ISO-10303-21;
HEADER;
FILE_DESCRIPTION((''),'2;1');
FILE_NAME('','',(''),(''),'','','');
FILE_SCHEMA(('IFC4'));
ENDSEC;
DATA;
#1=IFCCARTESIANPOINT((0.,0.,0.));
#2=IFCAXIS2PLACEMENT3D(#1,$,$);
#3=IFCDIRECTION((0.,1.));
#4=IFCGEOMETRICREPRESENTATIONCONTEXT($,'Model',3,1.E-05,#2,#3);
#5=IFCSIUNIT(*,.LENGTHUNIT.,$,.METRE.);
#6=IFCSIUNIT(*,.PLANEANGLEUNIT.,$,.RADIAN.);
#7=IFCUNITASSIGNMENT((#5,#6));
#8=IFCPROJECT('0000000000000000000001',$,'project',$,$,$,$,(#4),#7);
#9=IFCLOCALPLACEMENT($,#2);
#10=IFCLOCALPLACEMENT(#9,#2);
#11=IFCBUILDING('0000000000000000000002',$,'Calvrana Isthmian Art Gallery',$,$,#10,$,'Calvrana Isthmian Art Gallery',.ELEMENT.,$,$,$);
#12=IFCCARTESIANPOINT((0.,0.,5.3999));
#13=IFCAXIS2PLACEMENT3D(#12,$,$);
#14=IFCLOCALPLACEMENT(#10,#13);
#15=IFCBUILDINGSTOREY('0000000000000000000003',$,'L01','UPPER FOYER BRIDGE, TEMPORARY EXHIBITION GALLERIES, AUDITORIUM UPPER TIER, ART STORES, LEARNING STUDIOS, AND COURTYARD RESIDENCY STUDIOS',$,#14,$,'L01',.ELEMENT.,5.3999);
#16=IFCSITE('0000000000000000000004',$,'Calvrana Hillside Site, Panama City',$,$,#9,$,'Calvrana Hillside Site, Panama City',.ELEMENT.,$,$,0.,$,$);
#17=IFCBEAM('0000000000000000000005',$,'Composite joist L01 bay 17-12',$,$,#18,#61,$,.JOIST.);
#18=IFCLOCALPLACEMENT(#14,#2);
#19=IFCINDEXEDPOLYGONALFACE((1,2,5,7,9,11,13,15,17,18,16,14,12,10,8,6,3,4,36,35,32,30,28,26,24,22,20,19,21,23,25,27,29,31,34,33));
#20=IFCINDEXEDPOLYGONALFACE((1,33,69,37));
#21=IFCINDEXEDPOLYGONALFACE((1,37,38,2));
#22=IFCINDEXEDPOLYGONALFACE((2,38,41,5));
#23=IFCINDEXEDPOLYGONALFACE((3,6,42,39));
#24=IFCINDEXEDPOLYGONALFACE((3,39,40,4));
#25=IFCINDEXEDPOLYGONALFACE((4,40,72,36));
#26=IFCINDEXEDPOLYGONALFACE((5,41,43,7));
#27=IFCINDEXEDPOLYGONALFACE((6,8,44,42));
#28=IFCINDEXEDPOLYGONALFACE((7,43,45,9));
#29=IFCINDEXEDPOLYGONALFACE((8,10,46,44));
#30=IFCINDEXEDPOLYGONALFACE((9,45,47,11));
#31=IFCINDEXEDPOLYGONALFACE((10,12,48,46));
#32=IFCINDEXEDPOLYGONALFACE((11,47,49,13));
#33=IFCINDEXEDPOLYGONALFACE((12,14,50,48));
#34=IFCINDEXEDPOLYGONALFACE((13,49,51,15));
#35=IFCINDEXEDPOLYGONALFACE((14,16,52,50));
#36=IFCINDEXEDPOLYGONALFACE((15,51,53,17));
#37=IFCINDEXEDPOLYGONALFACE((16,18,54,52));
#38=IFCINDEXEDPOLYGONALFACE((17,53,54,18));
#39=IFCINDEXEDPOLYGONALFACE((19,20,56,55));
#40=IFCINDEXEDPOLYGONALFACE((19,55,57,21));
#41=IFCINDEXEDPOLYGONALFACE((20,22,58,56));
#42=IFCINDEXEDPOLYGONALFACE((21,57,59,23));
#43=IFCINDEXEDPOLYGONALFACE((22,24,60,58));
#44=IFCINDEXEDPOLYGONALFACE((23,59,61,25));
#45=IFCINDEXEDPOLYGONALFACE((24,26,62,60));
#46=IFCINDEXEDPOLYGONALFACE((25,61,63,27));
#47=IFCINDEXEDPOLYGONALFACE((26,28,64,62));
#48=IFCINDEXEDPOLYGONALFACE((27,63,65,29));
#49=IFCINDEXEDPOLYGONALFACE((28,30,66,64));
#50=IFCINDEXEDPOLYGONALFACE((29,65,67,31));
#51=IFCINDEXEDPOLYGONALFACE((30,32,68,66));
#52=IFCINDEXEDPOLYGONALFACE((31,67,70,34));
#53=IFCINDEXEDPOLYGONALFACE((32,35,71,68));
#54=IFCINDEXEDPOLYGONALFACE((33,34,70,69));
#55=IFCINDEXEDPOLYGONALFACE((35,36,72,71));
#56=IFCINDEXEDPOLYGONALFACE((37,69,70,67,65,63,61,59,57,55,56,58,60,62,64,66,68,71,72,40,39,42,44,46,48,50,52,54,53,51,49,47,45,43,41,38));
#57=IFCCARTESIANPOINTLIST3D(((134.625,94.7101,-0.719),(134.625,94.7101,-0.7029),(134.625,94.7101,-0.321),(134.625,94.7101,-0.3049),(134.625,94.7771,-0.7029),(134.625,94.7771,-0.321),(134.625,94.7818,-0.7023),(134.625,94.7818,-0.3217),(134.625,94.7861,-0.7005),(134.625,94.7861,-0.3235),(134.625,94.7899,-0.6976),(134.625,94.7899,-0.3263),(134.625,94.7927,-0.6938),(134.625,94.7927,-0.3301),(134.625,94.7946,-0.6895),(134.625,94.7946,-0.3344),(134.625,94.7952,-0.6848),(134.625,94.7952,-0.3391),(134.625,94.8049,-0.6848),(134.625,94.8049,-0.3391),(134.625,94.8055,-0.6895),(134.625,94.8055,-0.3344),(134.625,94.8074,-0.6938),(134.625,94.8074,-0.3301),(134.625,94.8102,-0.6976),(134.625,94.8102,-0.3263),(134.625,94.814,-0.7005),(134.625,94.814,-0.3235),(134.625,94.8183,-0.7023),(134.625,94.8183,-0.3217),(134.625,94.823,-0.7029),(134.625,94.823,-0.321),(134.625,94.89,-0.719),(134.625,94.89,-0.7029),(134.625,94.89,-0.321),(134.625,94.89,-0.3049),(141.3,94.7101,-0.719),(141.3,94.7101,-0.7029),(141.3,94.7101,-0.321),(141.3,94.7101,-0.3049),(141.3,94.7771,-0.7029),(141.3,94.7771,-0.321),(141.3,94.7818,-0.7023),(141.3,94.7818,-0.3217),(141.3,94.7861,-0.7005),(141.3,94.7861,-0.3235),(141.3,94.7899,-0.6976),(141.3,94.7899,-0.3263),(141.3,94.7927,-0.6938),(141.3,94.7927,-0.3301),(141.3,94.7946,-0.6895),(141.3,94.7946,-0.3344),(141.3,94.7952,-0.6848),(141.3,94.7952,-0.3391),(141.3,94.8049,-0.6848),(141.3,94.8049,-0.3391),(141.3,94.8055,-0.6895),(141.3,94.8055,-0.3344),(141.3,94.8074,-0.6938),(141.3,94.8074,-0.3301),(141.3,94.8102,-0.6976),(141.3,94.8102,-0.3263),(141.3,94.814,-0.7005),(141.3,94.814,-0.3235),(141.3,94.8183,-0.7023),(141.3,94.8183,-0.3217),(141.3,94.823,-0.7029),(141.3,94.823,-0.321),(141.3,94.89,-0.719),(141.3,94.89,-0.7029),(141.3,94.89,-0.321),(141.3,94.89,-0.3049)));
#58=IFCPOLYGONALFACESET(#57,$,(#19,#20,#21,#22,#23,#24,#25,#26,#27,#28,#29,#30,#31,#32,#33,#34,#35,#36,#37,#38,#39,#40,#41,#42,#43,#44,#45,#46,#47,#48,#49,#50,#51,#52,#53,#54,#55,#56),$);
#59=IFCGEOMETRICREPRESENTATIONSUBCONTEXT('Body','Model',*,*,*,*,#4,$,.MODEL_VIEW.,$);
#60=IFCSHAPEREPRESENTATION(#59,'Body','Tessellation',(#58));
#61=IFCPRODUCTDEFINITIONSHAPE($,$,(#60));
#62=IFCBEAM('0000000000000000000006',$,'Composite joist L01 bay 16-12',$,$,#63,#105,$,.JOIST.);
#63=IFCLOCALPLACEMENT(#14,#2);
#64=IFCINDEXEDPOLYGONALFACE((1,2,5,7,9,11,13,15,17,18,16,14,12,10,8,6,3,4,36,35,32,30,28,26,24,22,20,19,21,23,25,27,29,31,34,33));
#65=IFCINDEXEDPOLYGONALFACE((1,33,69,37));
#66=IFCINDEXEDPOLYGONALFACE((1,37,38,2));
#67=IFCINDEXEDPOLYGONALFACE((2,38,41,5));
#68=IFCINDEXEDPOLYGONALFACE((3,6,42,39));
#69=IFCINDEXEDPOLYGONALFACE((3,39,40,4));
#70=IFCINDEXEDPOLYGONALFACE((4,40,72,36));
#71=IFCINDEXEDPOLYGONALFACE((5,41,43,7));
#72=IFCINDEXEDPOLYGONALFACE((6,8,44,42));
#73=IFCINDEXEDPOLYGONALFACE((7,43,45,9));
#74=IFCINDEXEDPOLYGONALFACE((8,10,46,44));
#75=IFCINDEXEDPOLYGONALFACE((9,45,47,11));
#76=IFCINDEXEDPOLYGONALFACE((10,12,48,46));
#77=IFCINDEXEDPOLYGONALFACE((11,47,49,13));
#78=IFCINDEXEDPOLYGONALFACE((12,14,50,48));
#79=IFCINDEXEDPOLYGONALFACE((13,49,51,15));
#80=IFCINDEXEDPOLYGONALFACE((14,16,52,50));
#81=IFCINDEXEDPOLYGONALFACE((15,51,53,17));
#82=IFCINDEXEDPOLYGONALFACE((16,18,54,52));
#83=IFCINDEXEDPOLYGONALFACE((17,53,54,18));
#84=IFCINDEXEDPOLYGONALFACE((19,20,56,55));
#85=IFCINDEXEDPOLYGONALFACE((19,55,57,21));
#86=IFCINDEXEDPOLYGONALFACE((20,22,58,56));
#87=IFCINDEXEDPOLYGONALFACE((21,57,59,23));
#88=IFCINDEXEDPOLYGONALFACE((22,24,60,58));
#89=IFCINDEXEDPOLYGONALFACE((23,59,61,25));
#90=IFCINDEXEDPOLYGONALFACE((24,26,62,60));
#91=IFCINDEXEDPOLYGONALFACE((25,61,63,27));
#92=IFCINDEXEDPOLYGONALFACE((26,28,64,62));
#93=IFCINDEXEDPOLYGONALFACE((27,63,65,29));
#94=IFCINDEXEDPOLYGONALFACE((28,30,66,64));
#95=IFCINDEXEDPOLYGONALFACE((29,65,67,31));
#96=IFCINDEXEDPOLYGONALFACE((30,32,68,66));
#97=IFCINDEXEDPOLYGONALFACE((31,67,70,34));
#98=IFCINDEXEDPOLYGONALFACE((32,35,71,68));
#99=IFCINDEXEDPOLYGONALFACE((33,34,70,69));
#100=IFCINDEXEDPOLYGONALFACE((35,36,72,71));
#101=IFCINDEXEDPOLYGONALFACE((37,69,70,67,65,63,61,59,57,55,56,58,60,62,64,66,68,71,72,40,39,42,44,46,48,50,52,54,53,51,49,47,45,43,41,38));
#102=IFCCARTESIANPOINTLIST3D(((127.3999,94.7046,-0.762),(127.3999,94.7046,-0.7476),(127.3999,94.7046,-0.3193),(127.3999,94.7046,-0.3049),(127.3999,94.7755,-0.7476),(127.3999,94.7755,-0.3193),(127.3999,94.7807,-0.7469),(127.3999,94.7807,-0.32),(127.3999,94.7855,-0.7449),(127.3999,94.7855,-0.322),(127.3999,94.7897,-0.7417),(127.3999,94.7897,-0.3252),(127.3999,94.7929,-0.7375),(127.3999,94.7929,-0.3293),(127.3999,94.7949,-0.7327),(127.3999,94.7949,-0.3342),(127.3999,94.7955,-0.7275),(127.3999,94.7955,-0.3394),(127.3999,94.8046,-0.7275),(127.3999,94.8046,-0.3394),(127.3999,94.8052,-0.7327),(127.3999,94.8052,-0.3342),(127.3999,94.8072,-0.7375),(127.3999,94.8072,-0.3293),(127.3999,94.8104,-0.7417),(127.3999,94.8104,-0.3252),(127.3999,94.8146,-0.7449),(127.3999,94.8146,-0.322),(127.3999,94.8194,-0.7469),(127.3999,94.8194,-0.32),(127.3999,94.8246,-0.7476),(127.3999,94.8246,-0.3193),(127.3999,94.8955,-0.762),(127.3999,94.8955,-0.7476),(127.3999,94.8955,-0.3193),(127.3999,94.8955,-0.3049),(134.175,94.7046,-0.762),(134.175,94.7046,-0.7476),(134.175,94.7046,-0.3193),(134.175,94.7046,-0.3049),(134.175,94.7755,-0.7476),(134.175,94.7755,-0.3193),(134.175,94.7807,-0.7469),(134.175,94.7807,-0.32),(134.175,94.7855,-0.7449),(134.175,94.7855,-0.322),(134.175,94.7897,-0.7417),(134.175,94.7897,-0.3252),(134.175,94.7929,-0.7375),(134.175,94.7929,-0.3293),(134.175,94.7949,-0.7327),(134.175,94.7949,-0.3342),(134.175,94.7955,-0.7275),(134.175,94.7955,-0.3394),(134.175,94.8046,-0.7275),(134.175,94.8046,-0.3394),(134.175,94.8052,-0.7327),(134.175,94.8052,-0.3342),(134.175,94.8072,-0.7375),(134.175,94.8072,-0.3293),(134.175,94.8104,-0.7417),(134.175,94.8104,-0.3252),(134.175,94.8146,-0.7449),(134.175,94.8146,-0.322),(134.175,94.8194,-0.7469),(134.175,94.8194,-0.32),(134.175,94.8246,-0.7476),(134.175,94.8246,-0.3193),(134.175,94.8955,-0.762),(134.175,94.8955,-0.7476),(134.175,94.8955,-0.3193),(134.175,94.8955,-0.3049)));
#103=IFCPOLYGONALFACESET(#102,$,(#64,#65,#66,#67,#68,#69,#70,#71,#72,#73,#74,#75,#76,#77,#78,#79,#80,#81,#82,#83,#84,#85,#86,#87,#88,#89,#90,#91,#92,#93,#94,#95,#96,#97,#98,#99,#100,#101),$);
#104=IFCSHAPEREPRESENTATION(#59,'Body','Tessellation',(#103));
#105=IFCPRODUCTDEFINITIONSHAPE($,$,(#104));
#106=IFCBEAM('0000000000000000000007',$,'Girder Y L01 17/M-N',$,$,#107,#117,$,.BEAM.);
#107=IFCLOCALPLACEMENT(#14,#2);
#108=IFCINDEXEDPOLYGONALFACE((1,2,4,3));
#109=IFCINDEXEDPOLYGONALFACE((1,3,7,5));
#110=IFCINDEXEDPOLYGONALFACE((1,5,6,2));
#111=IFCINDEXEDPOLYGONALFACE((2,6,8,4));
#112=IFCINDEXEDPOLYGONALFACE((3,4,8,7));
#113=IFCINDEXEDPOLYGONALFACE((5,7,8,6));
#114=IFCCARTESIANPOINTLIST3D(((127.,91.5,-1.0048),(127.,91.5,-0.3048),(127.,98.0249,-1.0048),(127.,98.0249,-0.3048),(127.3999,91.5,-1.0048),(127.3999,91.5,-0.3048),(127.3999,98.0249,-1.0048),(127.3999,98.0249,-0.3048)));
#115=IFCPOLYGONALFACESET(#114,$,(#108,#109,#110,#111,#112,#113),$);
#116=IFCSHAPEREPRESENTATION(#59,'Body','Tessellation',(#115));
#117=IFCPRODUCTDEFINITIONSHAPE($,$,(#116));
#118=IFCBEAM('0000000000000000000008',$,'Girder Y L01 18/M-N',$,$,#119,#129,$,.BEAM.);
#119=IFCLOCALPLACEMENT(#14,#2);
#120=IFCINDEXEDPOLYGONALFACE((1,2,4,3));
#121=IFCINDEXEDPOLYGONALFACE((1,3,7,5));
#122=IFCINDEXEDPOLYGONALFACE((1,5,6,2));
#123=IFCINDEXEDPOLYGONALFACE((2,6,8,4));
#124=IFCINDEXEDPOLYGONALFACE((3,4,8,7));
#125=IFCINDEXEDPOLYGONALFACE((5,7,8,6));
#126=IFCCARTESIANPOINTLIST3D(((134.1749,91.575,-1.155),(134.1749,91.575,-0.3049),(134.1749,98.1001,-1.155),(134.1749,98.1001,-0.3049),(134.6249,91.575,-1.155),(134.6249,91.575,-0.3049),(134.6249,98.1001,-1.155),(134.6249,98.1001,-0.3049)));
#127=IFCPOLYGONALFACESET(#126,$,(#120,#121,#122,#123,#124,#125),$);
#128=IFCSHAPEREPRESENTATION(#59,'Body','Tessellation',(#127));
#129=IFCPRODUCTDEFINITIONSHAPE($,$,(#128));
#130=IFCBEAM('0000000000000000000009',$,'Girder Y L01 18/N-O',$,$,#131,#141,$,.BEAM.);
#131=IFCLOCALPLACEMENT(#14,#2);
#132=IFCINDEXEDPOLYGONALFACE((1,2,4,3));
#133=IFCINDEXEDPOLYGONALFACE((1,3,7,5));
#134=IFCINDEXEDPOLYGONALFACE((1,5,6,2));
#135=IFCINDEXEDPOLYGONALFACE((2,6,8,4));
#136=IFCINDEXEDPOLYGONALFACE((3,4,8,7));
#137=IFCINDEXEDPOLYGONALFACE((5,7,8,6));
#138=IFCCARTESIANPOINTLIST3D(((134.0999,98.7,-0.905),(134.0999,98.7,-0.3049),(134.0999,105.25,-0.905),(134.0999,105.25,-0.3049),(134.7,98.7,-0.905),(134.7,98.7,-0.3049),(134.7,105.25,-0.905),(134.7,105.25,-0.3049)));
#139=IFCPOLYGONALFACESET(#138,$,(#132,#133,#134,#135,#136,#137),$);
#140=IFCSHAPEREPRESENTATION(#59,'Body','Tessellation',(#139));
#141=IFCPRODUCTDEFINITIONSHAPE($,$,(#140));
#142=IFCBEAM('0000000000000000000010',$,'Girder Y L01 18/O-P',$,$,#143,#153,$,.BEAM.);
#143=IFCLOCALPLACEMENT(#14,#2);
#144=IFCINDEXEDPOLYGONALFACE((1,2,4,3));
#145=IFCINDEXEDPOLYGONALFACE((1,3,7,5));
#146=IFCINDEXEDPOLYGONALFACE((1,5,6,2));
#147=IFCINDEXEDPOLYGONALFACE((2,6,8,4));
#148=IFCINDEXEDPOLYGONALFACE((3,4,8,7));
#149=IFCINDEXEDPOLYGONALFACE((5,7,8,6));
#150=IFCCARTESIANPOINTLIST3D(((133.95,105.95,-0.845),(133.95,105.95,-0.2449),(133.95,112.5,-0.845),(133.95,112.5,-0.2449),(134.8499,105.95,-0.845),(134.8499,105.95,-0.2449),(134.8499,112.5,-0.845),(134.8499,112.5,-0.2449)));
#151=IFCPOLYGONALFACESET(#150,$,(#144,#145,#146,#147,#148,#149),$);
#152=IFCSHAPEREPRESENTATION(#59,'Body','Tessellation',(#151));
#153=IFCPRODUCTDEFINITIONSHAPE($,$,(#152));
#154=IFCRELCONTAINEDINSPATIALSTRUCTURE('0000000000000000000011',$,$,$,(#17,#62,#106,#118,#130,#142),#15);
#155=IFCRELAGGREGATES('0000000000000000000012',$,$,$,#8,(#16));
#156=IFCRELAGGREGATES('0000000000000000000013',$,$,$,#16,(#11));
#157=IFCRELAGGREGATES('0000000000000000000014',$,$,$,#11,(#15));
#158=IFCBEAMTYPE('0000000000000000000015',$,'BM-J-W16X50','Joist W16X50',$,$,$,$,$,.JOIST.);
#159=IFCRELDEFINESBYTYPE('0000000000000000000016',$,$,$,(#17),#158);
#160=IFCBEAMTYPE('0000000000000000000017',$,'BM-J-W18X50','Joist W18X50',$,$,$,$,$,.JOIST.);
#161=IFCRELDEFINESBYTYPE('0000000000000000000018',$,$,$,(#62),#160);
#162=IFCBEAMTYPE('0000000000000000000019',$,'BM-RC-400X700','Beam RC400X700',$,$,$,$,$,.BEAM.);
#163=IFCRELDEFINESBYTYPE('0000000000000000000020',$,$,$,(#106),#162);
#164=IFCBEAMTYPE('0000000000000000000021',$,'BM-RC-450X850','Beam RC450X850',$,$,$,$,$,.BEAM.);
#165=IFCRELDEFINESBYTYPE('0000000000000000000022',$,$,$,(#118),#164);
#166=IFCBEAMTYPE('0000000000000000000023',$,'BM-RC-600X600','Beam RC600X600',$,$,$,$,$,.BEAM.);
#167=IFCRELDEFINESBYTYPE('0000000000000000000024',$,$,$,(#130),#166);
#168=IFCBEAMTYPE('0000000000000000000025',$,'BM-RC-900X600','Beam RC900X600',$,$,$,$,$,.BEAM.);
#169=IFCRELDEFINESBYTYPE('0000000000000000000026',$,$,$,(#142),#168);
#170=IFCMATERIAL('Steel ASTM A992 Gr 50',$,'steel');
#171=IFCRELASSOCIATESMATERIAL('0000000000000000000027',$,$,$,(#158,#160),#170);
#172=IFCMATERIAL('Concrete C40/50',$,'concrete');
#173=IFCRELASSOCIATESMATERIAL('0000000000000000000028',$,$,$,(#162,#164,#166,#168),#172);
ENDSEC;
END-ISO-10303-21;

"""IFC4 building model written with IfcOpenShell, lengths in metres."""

from ifc_helpers import new_model, si_unit, direction, frame, origin, origin_2d, place, context, subcontext, project, spatial, rectangle, i_section, extrude, material, material_profile, profile_set, type_object, element, save


model = new_model("IFC4")

# Units and contexts
model_context = context("Model", 3, precision=1e-05, world=origin(), true_north=direction((0.0, 1.0)))
body_context = subcontext(model_context, "Body", "Model", "MODEL_VIEW")
ifc_project = project(units=[si_unit("LENGTHUNIT", "METRE"), si_unit("PLANEANGLEUNIT", "RADIAN")], contexts=[model_context])

# Site, building, storey
site_placement = place(None, origin())
site = spatial("IfcSite", under=ifc_project, at=site_placement, Name="Calvrana Hillside Site, Panama City", LongName="Calvrana Hillside Site, Panama City", CompositionType="ELEMENT", RefElevation=0.0)
building_placement = place(site_placement, origin())
building = spatial("IfcBuilding", under=site, at=building_placement, Name="Calvrana Isthmian Art Gallery", LongName="Calvrana Isthmian Art Gallery", CompositionType="ELEMENT")
storey_placement = place(building_placement, frame((0.0, 0.0, 5.3999)))
storey = spatial("IfcBuildingStorey", under=building, at=storey_placement, Name="L01", Description="UPPER FOYER BRIDGE, TEMPORARY EXHIBITION GALLERIES, AUDITORIUM UPPER TIER, ART STORES, LEARNING STUDIOS, AND COURTYARD RESIDENCY STUDIOS", LongName="L01", CompositionType="ELEMENT", Elevation=5.3999)

# Shared definitions
ifc_material_1 = material(Name="Concrete C40/50", Category="concrete")

# Beams
ifc_material_2 = material(Name="Steel ASTM A992 Gr 50", Category="steel")
ifc_material_profile_1 = material_profile(ifc_material_2, i_section(OverallWidth=0.1799, OverallDepth=0.4141, WebThickness=0.0098, FlangeThickness=0.0161, FilletRadius=0.0181, at=origin_2d()), Name="W16X50")
ifc_profile_set_1 = profile_set([ifc_material_profile_1], Name="Steel ASTM A992 Gr 50")
beam_type_1 = type_object("IfcBeamType", Name="BM-J-W16X50", Description="Joist W16X50", PredefinedType="JOIST", material=ifc_profile_set_1)
beam_1_placement = place(storey_placement, frame((134.625, 94.8, -0.512), z_axis=(1.0, 0.0, 0.0), x_axis=(0.0, 1.0, 0.0)))
element("IfcBeam", 1, at=beam_1_placement, inside=storey, type_object=beam_type_1, Name="Composite joist L01 bay 17-12", PredefinedType="JOIST", context=body_context, shape_type="SweptSolid", body=[
    extrude(i_section(OverallWidth=0.1799, OverallDepth=0.4141, WebThickness=0.0098, FlangeThickness=0.0161, FilletRadius=0.0181, at=origin_2d()), origin(), (0.0, 0.0, 1.0), 6.675),
])
ifc_material_profile_2 = material_profile(ifc_material_2, i_section(OverallWidth=0.1909, OverallDepth=0.457, WebThickness=0.009, FlangeThickness=0.0144, FilletRadius=0.02, at=origin_2d()), Name="W18X50")
ifc_profile_set_2 = profile_set([ifc_material_profile_2], Name="Steel ASTM A992 Gr 50")
beam_type_2 = type_object("IfcBeamType", Name="BM-J-W18X50", Description="Joist W18X50", PredefinedType="JOIST", material=ifc_profile_set_2)
beam_2_placement = place(storey_placement, frame((127.3999, 94.8, -0.5334), z_axis=(1.0, 0.0, 0.0), x_axis=(0.0, 1.0, 0.0)))
element("IfcBeam", 2, at=beam_2_placement, inside=storey, type_object=beam_type_2, Name="Composite joist L01 bay 16-12", PredefinedType="JOIST", context=body_context, shape_type="SweptSolid", body=[
    extrude(i_section(OverallWidth=0.1909, OverallDepth=0.457, WebThickness=0.009, FlangeThickness=0.0144, FilletRadius=0.02, at=origin_2d()), origin(), (0.0, 0.0, 1.0), 6.7751),
])
ifc_material_profile_3 = material_profile(ifc_material_1, rectangle(XDim=0.3999, YDim=0.7, at=origin_2d()), Name="RC400X700")
ifc_profile_set_3 = profile_set([ifc_material_profile_3], Name="Concrete C40/50")
beam_type_3 = type_object("IfcBeamType", Name="BM-RC-400X700", Description="Beam RC400X700", PredefinedType="BEAM", material=ifc_profile_set_3)
beam_3_placement = place(storey_placement, frame((127.2, 91.5, -0.6548), z_axis=(0.0, 1.0, 0.0), x_axis=(-1.0, 0.0, 0.0)))
element("IfcBeam", 3, at=beam_3_placement, inside=storey, type_object=beam_type_3, Name="Girder Y L01 17/M-N", PredefinedType="BEAM", context=body_context, shape_type="SweptSolid", body=[
    extrude(rectangle(XDim=0.3999, YDim=0.7, at=origin_2d()), origin(), (0.0, 0.0, 1.0), 6.5249),
])
ifc_material_profile_4 = material_profile(ifc_material_1, rectangle(XDim=0.45, YDim=0.8501, at=origin_2d()), Name="RC450X850")
ifc_profile_set_4 = profile_set([ifc_material_profile_4], Name="Concrete C40/50")
beam_type_4 = type_object("IfcBeamType", Name="BM-RC-450X850", Description="Beam RC450X850", PredefinedType="BEAM", material=ifc_profile_set_4)
beam_4_placement = place(storey_placement, frame((134.3999, 91.575, -0.73), z_axis=(0.0, 1.0, 0.0), x_axis=(-1.0, 0.0, 0.0)))
element("IfcBeam", 4, at=beam_4_placement, inside=storey, type_object=beam_type_4, Name="Girder Y L01 18/M-N", PredefinedType="BEAM", context=body_context, shape_type="SweptSolid", body=[
    extrude(rectangle(XDim=0.45, YDim=0.8501, at=origin_2d()), origin(), (0.0, 0.0, 1.0), 6.5251),
])
ifc_material_profile_5 = material_profile(ifc_material_1, rectangle(XDim=0.6001, YDim=0.6001, at=origin_2d()), Name="RC600X600")
ifc_profile_set_5 = profile_set([ifc_material_profile_5], Name="Concrete C40/50")
beam_type_5 = type_object("IfcBeamType", Name="BM-RC-600X600", Description="Beam RC600X600", PredefinedType="BEAM", material=ifc_profile_set_5)
beam_5_placement = place(storey_placement, frame((134.3999, 98.7, -0.605), z_axis=(0.0, 1.0, 0.0), x_axis=(-1.0, 0.0, 0.0)))
element("IfcBeam", 5, at=beam_5_placement, inside=storey, type_object=beam_type_5, Name="Girder Y L01 18/N-O", PredefinedType="BEAM", context=body_context, shape_type="SweptSolid", body=[
    extrude(rectangle(XDim=0.6001, YDim=0.6001, at=origin_2d()), origin(), (0.0, 0.0, 1.0), 6.55),
])
ifc_material_profile_6 = material_profile(ifc_material_1, rectangle(XDim=0.8999, YDim=0.6001, at=origin_2d()), Name="RC900X600")
ifc_profile_set_6 = profile_set([ifc_material_profile_6], Name="Concrete C40/50")
beam_type_6 = type_object("IfcBeamType", Name="BM-RC-900X600", Description="Beam RC900X600", PredefinedType="BEAM", material=ifc_profile_set_6)
beam_6_placement = place(storey_placement, frame((134.3999, 105.95, -0.5449), z_axis=(0.0, 1.0, 0.0), x_axis=(-1.0, 0.0, 0.0)))
element("IfcBeam", 6, at=beam_6_placement, inside=storey, type_object=beam_type_6, Name="Girder Y L01 18/O-P", PredefinedType="BEAM", context=body_context, shape_type="SweptSolid", body=[
    extrude(rectangle(XDim=0.8999, YDim=0.6001, at=origin_2d()), origin(), (0.0, 0.0, 1.0), 6.55),
])

save(model, "model.ifc")
